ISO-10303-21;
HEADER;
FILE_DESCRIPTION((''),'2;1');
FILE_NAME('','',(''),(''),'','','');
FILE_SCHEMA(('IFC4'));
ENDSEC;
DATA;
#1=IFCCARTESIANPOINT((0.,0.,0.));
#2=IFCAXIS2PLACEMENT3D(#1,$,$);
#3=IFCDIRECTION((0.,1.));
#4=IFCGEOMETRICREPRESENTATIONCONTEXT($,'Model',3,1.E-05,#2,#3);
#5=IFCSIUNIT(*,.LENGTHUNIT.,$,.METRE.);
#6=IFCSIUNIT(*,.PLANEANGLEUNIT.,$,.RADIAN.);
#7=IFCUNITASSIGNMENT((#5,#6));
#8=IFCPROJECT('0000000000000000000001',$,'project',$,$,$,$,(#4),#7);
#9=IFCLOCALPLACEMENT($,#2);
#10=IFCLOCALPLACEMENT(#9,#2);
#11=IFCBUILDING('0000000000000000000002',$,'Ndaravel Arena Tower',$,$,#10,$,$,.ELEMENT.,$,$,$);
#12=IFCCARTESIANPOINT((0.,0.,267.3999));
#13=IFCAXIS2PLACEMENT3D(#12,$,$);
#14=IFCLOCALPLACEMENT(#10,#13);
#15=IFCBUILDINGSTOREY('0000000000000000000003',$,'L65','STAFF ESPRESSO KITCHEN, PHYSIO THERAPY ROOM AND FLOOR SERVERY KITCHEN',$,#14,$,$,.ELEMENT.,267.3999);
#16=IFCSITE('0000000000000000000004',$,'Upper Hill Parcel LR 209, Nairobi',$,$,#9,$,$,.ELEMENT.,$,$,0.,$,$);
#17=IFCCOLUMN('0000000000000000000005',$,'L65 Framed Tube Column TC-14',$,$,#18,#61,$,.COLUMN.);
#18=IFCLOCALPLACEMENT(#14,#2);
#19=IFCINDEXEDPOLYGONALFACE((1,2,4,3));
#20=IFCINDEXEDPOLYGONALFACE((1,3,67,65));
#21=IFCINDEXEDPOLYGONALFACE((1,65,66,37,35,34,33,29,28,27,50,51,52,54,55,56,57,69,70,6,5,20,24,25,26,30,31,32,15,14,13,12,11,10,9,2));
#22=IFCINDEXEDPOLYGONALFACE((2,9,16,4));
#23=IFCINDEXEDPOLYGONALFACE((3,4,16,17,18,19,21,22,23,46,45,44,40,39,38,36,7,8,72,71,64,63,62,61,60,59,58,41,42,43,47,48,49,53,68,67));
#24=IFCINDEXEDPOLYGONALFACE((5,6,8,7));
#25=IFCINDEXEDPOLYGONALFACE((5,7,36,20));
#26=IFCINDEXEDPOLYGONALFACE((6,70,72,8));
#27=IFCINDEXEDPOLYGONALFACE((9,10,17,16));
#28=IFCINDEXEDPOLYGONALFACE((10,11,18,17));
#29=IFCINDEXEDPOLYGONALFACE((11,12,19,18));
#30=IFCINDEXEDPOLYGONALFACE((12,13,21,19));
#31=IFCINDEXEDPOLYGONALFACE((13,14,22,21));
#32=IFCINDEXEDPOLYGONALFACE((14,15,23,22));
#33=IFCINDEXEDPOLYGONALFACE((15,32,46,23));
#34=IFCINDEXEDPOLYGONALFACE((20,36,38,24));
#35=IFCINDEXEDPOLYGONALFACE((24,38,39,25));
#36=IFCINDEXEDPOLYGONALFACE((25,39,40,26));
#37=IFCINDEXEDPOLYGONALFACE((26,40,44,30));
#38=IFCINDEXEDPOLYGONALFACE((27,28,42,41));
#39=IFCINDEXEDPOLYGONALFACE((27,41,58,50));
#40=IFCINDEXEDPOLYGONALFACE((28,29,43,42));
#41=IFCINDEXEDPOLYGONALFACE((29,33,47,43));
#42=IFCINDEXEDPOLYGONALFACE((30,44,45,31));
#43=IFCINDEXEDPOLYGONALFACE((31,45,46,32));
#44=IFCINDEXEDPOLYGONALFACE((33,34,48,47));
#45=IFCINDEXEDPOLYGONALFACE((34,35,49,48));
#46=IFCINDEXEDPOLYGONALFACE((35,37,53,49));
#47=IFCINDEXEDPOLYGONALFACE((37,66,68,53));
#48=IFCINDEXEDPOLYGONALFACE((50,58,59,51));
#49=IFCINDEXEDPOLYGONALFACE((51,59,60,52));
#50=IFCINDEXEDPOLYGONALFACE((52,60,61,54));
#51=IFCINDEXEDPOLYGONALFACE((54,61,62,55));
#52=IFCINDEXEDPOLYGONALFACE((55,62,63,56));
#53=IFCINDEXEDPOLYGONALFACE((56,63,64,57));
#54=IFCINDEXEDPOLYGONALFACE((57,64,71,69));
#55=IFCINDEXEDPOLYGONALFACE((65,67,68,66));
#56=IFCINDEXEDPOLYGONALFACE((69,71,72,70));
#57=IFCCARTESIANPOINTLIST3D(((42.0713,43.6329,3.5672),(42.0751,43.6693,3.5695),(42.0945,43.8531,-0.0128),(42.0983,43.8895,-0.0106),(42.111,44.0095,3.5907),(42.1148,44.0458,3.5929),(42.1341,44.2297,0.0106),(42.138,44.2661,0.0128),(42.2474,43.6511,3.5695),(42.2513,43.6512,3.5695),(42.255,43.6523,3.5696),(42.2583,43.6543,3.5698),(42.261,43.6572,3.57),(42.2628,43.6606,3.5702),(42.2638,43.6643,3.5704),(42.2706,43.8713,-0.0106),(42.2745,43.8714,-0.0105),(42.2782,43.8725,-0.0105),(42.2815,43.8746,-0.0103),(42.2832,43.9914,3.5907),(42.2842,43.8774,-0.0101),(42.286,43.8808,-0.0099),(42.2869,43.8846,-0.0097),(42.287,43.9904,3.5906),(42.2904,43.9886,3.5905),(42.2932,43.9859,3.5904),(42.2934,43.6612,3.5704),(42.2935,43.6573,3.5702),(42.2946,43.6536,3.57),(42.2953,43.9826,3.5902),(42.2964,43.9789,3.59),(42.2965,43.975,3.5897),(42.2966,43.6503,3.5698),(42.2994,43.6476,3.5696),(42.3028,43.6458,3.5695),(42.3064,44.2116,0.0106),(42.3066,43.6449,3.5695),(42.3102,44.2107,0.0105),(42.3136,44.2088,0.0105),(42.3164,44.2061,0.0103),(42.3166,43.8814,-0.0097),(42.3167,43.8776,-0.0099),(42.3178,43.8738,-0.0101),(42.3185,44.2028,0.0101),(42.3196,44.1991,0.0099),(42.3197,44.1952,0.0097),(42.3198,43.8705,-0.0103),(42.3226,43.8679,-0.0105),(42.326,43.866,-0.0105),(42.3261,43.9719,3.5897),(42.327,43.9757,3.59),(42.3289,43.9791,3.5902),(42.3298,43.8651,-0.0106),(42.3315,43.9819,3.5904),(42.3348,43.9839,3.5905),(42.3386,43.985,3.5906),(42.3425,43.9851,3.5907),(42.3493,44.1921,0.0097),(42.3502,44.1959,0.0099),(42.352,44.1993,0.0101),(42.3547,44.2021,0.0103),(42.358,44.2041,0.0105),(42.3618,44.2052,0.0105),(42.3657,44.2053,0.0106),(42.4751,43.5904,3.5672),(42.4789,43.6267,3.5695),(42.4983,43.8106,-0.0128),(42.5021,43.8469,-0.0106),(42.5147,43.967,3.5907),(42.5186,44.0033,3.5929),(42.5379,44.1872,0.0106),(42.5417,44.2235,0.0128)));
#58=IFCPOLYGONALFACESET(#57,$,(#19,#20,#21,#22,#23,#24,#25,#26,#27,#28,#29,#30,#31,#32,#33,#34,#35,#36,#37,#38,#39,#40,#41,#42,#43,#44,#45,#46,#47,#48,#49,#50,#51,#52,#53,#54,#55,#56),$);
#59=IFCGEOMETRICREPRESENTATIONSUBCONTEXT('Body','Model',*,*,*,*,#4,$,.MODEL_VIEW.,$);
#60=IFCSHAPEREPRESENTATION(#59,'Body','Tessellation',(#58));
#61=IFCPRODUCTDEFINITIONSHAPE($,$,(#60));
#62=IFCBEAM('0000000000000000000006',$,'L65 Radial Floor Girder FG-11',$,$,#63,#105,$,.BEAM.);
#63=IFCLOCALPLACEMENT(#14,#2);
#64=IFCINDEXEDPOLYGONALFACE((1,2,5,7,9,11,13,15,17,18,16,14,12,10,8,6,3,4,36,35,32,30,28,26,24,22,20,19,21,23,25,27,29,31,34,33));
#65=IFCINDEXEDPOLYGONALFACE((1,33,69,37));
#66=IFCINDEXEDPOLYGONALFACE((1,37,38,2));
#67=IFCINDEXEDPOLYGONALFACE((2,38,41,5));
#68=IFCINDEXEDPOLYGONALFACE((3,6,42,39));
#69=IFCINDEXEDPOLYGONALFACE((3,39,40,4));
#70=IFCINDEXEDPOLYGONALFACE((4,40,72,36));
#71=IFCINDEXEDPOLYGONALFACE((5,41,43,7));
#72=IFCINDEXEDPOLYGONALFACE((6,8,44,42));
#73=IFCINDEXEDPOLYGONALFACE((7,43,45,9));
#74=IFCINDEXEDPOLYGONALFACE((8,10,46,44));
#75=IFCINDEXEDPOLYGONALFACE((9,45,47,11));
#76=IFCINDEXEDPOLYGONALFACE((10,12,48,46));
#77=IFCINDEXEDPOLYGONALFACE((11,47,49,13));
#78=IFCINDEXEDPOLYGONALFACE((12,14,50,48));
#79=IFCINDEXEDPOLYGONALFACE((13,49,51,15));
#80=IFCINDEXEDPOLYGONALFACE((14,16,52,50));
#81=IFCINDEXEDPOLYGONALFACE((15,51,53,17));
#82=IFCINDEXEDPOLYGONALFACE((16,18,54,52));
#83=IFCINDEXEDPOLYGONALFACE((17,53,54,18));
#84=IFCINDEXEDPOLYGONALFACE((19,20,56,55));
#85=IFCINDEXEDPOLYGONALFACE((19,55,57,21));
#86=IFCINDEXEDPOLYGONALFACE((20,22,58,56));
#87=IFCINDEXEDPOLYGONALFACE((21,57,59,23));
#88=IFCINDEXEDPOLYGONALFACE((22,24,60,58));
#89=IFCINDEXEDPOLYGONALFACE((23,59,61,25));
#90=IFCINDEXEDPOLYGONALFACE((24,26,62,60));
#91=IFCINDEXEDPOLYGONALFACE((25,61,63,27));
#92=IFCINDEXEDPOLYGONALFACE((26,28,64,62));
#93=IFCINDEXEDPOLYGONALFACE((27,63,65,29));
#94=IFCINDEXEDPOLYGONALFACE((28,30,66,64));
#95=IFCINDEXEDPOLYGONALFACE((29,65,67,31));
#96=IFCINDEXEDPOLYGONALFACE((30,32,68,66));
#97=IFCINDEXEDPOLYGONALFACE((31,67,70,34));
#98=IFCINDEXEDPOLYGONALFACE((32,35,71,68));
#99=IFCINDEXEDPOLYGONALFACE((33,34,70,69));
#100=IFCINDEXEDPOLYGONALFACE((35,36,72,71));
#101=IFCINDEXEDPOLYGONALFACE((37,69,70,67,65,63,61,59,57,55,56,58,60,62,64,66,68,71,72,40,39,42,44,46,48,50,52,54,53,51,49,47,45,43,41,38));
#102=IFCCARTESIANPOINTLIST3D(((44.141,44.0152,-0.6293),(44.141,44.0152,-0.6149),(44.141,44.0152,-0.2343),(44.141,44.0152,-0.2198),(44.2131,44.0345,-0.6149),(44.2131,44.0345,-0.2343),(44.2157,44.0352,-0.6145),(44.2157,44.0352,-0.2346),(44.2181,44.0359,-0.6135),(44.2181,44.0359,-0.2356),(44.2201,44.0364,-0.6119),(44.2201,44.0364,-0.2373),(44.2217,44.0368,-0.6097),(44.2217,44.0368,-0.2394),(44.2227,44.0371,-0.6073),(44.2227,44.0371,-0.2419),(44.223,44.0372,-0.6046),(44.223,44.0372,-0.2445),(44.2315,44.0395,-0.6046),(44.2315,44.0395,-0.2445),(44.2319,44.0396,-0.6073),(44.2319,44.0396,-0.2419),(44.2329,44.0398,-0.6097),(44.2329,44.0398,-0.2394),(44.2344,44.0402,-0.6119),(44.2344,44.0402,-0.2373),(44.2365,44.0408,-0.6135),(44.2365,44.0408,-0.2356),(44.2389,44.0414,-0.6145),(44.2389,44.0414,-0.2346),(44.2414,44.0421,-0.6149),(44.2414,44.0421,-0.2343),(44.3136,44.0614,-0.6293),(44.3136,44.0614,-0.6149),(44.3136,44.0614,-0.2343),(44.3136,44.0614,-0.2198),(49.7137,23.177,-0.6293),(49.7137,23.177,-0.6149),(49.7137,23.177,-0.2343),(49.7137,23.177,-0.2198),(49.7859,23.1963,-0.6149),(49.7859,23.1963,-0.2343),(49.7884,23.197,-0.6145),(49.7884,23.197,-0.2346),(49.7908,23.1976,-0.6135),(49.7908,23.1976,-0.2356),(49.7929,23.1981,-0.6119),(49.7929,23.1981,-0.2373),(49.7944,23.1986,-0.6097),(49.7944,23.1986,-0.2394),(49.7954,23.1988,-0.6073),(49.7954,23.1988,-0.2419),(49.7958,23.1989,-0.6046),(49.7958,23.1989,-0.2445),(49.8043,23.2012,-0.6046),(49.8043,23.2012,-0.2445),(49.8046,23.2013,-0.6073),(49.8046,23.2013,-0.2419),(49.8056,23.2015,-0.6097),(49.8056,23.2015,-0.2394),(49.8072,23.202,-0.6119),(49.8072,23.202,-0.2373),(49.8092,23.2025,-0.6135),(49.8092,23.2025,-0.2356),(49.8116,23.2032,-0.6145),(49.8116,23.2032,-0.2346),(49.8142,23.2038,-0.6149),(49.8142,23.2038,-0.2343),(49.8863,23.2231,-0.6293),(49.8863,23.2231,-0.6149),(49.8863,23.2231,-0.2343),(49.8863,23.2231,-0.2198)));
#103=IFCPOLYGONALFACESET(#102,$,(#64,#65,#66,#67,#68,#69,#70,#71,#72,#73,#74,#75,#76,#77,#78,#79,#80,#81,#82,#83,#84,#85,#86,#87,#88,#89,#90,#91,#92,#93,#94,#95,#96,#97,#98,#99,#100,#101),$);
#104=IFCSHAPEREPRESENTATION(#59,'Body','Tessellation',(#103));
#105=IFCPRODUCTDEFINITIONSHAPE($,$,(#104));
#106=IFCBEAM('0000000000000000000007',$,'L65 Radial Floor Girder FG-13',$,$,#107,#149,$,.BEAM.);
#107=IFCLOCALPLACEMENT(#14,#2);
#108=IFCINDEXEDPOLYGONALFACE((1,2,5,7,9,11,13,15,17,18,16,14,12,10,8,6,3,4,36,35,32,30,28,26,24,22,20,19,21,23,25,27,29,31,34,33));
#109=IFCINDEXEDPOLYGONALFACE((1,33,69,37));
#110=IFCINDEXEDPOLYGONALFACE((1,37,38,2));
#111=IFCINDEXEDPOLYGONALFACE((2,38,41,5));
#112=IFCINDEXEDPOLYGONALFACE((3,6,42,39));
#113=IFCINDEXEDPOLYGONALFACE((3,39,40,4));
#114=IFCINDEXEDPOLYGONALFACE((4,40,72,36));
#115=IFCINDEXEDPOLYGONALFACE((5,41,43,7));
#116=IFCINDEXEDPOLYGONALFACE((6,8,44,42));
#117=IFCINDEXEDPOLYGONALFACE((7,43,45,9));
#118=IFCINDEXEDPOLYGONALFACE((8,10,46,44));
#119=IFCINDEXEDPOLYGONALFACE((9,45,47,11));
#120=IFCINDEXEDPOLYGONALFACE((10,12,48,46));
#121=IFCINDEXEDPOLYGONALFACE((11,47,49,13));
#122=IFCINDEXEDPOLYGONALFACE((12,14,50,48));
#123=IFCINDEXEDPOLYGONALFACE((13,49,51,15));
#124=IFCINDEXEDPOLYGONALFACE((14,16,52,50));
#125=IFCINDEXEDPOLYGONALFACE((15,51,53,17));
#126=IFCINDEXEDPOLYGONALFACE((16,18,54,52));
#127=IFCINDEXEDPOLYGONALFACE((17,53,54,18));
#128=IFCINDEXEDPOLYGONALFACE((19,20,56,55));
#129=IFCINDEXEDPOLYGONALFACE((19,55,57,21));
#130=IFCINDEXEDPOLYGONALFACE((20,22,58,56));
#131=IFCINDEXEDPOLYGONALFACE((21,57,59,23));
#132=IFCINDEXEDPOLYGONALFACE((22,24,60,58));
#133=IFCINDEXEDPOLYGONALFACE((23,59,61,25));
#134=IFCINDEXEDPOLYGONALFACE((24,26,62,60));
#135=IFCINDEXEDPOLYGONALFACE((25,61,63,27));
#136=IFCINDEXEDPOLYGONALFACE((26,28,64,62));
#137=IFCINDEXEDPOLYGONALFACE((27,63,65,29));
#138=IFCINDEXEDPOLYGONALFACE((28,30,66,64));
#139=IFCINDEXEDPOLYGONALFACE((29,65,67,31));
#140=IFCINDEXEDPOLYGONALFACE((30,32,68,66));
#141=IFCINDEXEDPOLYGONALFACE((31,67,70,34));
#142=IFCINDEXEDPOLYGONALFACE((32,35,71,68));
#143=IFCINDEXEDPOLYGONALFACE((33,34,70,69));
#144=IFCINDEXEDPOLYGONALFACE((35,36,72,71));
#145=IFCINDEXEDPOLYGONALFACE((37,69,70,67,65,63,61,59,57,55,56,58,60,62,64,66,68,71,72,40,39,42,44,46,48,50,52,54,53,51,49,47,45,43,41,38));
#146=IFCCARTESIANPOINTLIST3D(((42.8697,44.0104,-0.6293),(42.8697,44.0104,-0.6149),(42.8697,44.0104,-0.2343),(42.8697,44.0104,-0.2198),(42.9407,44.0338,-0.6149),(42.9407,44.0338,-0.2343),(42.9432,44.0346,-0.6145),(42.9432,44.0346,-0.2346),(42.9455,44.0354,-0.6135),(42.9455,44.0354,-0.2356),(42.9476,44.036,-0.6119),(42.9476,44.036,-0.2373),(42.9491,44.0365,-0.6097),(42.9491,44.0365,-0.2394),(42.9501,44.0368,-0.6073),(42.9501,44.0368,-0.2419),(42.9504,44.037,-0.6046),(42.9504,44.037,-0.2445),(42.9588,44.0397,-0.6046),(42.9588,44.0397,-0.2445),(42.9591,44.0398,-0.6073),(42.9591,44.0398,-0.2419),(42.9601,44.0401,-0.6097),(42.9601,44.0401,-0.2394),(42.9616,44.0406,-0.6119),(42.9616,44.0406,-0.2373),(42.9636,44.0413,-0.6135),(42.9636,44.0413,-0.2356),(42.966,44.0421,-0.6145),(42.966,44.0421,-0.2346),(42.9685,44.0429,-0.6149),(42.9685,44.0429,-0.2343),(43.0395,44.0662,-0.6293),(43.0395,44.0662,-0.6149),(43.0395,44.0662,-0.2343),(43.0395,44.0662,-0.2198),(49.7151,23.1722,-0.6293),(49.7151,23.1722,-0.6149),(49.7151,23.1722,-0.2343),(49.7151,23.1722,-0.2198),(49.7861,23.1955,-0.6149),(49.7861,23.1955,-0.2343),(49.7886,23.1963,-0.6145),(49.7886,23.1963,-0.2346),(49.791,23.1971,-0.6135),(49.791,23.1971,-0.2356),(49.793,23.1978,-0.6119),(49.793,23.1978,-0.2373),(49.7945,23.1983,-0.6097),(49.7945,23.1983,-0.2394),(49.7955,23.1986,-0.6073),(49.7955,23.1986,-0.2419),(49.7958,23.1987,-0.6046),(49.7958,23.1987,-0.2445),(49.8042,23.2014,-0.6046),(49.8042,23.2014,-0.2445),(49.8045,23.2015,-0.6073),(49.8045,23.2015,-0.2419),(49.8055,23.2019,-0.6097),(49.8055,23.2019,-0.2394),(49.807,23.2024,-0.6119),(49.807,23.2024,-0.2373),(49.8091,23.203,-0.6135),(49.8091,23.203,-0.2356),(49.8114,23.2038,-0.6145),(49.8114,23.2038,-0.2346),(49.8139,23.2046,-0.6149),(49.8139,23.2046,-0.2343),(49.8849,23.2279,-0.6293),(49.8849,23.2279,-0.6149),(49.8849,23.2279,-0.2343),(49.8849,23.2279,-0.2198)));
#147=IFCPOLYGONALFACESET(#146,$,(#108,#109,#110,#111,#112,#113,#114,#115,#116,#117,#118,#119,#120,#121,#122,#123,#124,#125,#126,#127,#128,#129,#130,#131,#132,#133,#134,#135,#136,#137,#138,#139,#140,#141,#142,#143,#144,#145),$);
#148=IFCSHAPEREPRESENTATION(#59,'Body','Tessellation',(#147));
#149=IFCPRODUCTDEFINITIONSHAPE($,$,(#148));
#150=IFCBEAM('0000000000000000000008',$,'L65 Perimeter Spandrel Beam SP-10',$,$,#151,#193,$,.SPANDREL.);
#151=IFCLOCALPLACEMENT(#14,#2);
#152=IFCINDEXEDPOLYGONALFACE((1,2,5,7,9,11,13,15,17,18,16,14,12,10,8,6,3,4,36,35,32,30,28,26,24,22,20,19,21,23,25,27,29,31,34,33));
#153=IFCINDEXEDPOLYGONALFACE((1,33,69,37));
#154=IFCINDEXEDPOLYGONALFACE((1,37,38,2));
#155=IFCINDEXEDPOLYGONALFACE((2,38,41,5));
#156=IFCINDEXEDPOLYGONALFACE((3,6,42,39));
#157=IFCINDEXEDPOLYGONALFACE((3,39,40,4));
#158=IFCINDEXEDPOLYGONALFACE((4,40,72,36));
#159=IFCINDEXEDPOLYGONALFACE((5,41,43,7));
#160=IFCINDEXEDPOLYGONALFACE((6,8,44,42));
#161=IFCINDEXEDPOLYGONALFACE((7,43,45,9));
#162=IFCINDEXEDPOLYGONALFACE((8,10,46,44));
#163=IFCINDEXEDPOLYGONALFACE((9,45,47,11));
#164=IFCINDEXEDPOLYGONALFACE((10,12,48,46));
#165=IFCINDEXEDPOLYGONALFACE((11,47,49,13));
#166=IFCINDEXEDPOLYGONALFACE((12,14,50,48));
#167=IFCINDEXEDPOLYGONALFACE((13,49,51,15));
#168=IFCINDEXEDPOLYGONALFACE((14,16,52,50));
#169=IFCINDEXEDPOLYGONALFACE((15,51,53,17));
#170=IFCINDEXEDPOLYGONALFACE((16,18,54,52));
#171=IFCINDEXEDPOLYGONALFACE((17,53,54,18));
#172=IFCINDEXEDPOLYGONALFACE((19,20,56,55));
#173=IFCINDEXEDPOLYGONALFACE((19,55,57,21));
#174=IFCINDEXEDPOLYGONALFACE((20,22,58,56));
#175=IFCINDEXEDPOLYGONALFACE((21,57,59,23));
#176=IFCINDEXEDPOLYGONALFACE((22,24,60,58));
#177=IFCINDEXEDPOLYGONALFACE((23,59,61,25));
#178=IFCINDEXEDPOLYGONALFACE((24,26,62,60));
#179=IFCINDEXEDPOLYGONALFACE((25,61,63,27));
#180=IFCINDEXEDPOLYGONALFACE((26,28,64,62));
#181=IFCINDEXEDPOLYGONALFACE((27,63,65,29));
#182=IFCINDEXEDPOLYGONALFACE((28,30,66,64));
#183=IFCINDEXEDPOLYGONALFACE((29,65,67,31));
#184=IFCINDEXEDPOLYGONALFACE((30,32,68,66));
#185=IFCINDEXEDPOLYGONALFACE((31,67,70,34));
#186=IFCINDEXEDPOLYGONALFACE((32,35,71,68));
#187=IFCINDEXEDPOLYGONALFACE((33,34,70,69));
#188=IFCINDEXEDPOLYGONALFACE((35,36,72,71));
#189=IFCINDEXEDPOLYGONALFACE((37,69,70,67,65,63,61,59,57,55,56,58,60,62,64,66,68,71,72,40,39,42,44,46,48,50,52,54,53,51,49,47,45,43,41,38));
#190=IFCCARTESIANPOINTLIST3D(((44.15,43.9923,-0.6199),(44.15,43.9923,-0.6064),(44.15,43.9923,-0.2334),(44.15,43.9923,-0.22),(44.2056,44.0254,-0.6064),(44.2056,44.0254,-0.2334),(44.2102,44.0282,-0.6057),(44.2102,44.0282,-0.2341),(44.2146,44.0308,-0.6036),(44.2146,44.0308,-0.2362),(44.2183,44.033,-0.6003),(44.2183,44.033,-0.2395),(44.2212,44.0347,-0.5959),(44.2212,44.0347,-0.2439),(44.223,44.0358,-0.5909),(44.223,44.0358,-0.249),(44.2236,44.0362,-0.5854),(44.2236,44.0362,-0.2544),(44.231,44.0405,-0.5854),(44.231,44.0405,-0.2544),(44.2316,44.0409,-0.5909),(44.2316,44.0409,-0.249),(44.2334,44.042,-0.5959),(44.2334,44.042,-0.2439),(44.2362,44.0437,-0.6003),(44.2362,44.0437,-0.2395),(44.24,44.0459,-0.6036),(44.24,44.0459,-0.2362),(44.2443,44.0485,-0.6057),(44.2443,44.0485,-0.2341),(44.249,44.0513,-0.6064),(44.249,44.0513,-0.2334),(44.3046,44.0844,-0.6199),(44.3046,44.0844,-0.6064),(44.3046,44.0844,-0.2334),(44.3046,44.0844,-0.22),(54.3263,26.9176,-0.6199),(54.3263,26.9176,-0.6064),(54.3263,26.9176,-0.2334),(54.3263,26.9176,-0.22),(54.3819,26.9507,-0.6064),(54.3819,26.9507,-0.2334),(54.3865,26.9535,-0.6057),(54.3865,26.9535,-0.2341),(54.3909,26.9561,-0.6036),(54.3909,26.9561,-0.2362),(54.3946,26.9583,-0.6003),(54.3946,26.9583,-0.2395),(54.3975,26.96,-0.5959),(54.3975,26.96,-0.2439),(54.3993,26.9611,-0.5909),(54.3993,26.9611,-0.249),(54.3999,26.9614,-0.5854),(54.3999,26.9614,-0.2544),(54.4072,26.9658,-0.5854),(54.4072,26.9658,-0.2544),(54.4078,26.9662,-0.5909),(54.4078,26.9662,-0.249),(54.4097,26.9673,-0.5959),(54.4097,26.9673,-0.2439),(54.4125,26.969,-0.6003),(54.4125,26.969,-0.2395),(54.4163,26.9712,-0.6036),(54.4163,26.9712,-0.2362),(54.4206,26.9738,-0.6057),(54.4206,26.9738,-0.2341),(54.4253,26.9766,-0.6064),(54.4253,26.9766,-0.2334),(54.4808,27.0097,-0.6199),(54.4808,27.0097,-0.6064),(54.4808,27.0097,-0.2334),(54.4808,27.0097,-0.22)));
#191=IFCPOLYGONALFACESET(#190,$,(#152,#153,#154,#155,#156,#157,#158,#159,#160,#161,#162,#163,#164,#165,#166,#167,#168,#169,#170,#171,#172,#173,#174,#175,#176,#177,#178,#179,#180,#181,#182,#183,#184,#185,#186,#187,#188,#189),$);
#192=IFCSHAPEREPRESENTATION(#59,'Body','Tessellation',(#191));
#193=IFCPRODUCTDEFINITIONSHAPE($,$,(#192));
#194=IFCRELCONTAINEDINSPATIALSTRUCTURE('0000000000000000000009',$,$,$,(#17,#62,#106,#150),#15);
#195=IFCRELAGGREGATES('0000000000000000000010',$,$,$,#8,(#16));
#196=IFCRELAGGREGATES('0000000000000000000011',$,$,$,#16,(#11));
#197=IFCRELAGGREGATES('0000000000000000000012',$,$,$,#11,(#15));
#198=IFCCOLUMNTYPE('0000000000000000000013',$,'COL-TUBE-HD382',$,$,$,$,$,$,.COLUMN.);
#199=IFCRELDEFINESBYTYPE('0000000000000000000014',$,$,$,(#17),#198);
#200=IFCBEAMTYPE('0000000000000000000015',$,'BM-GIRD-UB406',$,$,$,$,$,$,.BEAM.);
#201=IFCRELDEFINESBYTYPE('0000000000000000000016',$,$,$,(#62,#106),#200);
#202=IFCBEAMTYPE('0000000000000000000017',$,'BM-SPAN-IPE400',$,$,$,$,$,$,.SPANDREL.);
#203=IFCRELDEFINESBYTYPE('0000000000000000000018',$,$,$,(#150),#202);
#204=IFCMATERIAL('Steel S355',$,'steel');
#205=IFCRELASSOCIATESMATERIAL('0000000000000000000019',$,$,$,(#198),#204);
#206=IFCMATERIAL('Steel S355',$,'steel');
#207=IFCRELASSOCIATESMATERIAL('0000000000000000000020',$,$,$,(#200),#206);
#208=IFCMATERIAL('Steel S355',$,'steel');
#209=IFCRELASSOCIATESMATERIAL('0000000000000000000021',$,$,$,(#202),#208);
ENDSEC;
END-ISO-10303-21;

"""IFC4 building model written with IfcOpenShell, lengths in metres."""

from ifc_helpers import new_model, si_unit, direction, frame, origin, origin_2d, place, context, subcontext, project, spatial, i_section, extrude, material, material_profile, profile_set, type_object, element, save


model = new_model("IFC4")

# Units and contexts
model_context = context("Model", 3, precision=1e-05, world=origin(), true_north=direction((0.0, 1.0)))
body_context = subcontext(model_context, "Body", "Model", "MODEL_VIEW")
ifc_project = project(units=[si_unit("LENGTHUNIT", "METRE"), si_unit("PLANEANGLEUNIT", "RADIAN")], contexts=[model_context])

# Site, building, storey
site_placement = place(None, origin())
site = spatial("IfcSite", under=ifc_project, at=site_placement, Name="Upper Hill Parcel LR 209, Nairobi", CompositionType="ELEMENT", RefElevation=0.0)
building_placement = place(site_placement, origin())
building = spatial("IfcBuilding", under=site, at=building_placement, Name="Ndaravel Arena Tower", CompositionType="ELEMENT")
storey_placement = place(building_placement, frame((0.0, 0.0, 267.3999)))
storey = spatial("IfcBuildingStorey", under=building, at=storey_placement, Name="L65", Description="STAFF ESPRESSO KITCHEN, PHYSIO THERAPY ROOM AND FLOOR SERVERY KITCHEN", CompositionType="ELEMENT", Elevation=267.3999)

# Column
ifc_material_1 = material(Name="Steel S355", Category="steel")
ifc_material_profile_1 = material_profile(ifc_material_1, i_section(OverallWidth=0.406, OverallDepth=0.416, WebThickness=0.0298, FlangeThickness=0.0366, FilletRadius=0.0149, at=origin_2d()), Name="HD 400x382")
ifc_profile_set_1 = profile_set([ifc_material_profile_1], Name="Steel S355")
column_type = type_object("IfcColumnType", Name="COL-TUBE-HD382", PredefinedType="COLUMN", material=ifc_profile_set_1)
column_1_placement = place(storey_placement, frame((42.3181, 44.0383, 0.0), z_axis=(-0.006466, -0.061394, 0.998093), x_axis=(0.994499, -0.104742, 0.0)))
element("IfcColumn", 1, at=column_1_placement, inside=storey, type_object=column_type, Name="L65 Framed Tube Column TC-14", PredefinedType="COLUMN", context=body_context, shape_type="SweptSolid", body=[
    extrude(i_section(OverallWidth=0.406, OverallDepth=0.416, WebThickness=0.0298, FlangeThickness=0.0366, FilletRadius=0.0149, at=origin_2d()), origin(), (0.0, 0.0, 1.0), 3.5869),
])

# Beams
ifc_material_2 = material(Name="Steel S355", Category="steel")
ifc_material_profile_2 = material_profile(ifc_material_2, i_section(OverallWidth=0.1787, OverallDepth=0.4094, WebThickness=0.0088, FlangeThickness=0.0144, FilletRadius=0.0103, at=origin_2d()), Name="UB 406x178x67")
ifc_profile_set_2 = profile_set([ifc_material_profile_2], Name="Steel S355")
beam_type_1 = type_object("IfcBeamType", Name="BM-GIRD-UB406", PredefinedType="BEAM", material=ifc_profile_set_2)
beam_1_placement = place(storey_placement, frame((44.2273, 44.0383, -0.4246), z_axis=(0.258349, -0.966052, 0.0), x_axis=(0.966052, 0.258349, 0.0)))
element("IfcBeam", 2, at=beam_1_placement, inside=storey, type_object=beam_type_1, Name="L65 Radial Floor Girder FG-11", PredefinedType="BEAM", context=body_context, shape_type="SweptSolid", body=[
    extrude(i_section(OverallWidth=0.1787, OverallDepth=0.4094, WebThickness=0.0088, FlangeThickness=0.0144, FilletRadius=0.0103, at=origin_2d()), origin(), (0.0, 0.0, 1.0), 21.5706),
])
beam_2_placement = place(storey_placement, frame((42.9546, 44.0383, -0.4246), z_axis=(0.312094, -0.950051, 0.0), x_axis=(0.950051, 0.312094, 0.0)))
element("IfcBeam", 3, at=beam_2_placement, inside=storey, type_object=beam_type_1, Name="L65 Radial Floor Girder FG-13", PredefinedType="BEAM", context=body_context, shape_type="SweptSolid", body=[
    extrude(i_section(OverallWidth=0.1787, OverallDepth=0.4094, WebThickness=0.0088, FlangeThickness=0.0144, FilletRadius=0.0103, at=origin_2d()), origin(), (0.0, 0.0, 1.0), 21.9338),
])
ifc_material_3 = material(Name="Steel S355", Category="steel")
ifc_material_profile_3 = material_profile(ifc_material_3, i_section(OverallWidth=0.1799, OverallDepth=0.3999, WebThickness=0.0085, FlangeThickness=0.0134, FilletRadius=0.021, at=origin_2d()), Name="IPE 400")
ifc_profile_set_3 = profile_set([ifc_material_profile_3], Name="Steel S355")
beam_type_2 = type_object("IfcBeamType", Name="BM-SPAN-IPE400", PredefinedType="SPANDREL", material=ifc_profile_set_3)
beam_3_placement = place(storey_placement, frame((54.4036, 26.9636, -0.4199), z_axis=(-0.511958, 0.859011, 0.0), x_axis=(-0.859011, -0.511958, 0.0)))
element("IfcBeam", 4, at=beam_3_placement, inside=storey, type_object=beam_type_2, Name="L65 Perimeter Spandrel Beam SP-10", PredefinedType="SPANDREL", context=body_context, shape_type="SweptSolid", body=[
    extrude(i_section(OverallWidth=0.1799, OverallDepth=0.3999, WebThickness=0.0085, FlangeThickness=0.0134, FilletRadius=0.021, at=origin_2d()), origin(), (0.0, 0.0, 1.0), 19.8772),
])

save(model, "model.ifc")
